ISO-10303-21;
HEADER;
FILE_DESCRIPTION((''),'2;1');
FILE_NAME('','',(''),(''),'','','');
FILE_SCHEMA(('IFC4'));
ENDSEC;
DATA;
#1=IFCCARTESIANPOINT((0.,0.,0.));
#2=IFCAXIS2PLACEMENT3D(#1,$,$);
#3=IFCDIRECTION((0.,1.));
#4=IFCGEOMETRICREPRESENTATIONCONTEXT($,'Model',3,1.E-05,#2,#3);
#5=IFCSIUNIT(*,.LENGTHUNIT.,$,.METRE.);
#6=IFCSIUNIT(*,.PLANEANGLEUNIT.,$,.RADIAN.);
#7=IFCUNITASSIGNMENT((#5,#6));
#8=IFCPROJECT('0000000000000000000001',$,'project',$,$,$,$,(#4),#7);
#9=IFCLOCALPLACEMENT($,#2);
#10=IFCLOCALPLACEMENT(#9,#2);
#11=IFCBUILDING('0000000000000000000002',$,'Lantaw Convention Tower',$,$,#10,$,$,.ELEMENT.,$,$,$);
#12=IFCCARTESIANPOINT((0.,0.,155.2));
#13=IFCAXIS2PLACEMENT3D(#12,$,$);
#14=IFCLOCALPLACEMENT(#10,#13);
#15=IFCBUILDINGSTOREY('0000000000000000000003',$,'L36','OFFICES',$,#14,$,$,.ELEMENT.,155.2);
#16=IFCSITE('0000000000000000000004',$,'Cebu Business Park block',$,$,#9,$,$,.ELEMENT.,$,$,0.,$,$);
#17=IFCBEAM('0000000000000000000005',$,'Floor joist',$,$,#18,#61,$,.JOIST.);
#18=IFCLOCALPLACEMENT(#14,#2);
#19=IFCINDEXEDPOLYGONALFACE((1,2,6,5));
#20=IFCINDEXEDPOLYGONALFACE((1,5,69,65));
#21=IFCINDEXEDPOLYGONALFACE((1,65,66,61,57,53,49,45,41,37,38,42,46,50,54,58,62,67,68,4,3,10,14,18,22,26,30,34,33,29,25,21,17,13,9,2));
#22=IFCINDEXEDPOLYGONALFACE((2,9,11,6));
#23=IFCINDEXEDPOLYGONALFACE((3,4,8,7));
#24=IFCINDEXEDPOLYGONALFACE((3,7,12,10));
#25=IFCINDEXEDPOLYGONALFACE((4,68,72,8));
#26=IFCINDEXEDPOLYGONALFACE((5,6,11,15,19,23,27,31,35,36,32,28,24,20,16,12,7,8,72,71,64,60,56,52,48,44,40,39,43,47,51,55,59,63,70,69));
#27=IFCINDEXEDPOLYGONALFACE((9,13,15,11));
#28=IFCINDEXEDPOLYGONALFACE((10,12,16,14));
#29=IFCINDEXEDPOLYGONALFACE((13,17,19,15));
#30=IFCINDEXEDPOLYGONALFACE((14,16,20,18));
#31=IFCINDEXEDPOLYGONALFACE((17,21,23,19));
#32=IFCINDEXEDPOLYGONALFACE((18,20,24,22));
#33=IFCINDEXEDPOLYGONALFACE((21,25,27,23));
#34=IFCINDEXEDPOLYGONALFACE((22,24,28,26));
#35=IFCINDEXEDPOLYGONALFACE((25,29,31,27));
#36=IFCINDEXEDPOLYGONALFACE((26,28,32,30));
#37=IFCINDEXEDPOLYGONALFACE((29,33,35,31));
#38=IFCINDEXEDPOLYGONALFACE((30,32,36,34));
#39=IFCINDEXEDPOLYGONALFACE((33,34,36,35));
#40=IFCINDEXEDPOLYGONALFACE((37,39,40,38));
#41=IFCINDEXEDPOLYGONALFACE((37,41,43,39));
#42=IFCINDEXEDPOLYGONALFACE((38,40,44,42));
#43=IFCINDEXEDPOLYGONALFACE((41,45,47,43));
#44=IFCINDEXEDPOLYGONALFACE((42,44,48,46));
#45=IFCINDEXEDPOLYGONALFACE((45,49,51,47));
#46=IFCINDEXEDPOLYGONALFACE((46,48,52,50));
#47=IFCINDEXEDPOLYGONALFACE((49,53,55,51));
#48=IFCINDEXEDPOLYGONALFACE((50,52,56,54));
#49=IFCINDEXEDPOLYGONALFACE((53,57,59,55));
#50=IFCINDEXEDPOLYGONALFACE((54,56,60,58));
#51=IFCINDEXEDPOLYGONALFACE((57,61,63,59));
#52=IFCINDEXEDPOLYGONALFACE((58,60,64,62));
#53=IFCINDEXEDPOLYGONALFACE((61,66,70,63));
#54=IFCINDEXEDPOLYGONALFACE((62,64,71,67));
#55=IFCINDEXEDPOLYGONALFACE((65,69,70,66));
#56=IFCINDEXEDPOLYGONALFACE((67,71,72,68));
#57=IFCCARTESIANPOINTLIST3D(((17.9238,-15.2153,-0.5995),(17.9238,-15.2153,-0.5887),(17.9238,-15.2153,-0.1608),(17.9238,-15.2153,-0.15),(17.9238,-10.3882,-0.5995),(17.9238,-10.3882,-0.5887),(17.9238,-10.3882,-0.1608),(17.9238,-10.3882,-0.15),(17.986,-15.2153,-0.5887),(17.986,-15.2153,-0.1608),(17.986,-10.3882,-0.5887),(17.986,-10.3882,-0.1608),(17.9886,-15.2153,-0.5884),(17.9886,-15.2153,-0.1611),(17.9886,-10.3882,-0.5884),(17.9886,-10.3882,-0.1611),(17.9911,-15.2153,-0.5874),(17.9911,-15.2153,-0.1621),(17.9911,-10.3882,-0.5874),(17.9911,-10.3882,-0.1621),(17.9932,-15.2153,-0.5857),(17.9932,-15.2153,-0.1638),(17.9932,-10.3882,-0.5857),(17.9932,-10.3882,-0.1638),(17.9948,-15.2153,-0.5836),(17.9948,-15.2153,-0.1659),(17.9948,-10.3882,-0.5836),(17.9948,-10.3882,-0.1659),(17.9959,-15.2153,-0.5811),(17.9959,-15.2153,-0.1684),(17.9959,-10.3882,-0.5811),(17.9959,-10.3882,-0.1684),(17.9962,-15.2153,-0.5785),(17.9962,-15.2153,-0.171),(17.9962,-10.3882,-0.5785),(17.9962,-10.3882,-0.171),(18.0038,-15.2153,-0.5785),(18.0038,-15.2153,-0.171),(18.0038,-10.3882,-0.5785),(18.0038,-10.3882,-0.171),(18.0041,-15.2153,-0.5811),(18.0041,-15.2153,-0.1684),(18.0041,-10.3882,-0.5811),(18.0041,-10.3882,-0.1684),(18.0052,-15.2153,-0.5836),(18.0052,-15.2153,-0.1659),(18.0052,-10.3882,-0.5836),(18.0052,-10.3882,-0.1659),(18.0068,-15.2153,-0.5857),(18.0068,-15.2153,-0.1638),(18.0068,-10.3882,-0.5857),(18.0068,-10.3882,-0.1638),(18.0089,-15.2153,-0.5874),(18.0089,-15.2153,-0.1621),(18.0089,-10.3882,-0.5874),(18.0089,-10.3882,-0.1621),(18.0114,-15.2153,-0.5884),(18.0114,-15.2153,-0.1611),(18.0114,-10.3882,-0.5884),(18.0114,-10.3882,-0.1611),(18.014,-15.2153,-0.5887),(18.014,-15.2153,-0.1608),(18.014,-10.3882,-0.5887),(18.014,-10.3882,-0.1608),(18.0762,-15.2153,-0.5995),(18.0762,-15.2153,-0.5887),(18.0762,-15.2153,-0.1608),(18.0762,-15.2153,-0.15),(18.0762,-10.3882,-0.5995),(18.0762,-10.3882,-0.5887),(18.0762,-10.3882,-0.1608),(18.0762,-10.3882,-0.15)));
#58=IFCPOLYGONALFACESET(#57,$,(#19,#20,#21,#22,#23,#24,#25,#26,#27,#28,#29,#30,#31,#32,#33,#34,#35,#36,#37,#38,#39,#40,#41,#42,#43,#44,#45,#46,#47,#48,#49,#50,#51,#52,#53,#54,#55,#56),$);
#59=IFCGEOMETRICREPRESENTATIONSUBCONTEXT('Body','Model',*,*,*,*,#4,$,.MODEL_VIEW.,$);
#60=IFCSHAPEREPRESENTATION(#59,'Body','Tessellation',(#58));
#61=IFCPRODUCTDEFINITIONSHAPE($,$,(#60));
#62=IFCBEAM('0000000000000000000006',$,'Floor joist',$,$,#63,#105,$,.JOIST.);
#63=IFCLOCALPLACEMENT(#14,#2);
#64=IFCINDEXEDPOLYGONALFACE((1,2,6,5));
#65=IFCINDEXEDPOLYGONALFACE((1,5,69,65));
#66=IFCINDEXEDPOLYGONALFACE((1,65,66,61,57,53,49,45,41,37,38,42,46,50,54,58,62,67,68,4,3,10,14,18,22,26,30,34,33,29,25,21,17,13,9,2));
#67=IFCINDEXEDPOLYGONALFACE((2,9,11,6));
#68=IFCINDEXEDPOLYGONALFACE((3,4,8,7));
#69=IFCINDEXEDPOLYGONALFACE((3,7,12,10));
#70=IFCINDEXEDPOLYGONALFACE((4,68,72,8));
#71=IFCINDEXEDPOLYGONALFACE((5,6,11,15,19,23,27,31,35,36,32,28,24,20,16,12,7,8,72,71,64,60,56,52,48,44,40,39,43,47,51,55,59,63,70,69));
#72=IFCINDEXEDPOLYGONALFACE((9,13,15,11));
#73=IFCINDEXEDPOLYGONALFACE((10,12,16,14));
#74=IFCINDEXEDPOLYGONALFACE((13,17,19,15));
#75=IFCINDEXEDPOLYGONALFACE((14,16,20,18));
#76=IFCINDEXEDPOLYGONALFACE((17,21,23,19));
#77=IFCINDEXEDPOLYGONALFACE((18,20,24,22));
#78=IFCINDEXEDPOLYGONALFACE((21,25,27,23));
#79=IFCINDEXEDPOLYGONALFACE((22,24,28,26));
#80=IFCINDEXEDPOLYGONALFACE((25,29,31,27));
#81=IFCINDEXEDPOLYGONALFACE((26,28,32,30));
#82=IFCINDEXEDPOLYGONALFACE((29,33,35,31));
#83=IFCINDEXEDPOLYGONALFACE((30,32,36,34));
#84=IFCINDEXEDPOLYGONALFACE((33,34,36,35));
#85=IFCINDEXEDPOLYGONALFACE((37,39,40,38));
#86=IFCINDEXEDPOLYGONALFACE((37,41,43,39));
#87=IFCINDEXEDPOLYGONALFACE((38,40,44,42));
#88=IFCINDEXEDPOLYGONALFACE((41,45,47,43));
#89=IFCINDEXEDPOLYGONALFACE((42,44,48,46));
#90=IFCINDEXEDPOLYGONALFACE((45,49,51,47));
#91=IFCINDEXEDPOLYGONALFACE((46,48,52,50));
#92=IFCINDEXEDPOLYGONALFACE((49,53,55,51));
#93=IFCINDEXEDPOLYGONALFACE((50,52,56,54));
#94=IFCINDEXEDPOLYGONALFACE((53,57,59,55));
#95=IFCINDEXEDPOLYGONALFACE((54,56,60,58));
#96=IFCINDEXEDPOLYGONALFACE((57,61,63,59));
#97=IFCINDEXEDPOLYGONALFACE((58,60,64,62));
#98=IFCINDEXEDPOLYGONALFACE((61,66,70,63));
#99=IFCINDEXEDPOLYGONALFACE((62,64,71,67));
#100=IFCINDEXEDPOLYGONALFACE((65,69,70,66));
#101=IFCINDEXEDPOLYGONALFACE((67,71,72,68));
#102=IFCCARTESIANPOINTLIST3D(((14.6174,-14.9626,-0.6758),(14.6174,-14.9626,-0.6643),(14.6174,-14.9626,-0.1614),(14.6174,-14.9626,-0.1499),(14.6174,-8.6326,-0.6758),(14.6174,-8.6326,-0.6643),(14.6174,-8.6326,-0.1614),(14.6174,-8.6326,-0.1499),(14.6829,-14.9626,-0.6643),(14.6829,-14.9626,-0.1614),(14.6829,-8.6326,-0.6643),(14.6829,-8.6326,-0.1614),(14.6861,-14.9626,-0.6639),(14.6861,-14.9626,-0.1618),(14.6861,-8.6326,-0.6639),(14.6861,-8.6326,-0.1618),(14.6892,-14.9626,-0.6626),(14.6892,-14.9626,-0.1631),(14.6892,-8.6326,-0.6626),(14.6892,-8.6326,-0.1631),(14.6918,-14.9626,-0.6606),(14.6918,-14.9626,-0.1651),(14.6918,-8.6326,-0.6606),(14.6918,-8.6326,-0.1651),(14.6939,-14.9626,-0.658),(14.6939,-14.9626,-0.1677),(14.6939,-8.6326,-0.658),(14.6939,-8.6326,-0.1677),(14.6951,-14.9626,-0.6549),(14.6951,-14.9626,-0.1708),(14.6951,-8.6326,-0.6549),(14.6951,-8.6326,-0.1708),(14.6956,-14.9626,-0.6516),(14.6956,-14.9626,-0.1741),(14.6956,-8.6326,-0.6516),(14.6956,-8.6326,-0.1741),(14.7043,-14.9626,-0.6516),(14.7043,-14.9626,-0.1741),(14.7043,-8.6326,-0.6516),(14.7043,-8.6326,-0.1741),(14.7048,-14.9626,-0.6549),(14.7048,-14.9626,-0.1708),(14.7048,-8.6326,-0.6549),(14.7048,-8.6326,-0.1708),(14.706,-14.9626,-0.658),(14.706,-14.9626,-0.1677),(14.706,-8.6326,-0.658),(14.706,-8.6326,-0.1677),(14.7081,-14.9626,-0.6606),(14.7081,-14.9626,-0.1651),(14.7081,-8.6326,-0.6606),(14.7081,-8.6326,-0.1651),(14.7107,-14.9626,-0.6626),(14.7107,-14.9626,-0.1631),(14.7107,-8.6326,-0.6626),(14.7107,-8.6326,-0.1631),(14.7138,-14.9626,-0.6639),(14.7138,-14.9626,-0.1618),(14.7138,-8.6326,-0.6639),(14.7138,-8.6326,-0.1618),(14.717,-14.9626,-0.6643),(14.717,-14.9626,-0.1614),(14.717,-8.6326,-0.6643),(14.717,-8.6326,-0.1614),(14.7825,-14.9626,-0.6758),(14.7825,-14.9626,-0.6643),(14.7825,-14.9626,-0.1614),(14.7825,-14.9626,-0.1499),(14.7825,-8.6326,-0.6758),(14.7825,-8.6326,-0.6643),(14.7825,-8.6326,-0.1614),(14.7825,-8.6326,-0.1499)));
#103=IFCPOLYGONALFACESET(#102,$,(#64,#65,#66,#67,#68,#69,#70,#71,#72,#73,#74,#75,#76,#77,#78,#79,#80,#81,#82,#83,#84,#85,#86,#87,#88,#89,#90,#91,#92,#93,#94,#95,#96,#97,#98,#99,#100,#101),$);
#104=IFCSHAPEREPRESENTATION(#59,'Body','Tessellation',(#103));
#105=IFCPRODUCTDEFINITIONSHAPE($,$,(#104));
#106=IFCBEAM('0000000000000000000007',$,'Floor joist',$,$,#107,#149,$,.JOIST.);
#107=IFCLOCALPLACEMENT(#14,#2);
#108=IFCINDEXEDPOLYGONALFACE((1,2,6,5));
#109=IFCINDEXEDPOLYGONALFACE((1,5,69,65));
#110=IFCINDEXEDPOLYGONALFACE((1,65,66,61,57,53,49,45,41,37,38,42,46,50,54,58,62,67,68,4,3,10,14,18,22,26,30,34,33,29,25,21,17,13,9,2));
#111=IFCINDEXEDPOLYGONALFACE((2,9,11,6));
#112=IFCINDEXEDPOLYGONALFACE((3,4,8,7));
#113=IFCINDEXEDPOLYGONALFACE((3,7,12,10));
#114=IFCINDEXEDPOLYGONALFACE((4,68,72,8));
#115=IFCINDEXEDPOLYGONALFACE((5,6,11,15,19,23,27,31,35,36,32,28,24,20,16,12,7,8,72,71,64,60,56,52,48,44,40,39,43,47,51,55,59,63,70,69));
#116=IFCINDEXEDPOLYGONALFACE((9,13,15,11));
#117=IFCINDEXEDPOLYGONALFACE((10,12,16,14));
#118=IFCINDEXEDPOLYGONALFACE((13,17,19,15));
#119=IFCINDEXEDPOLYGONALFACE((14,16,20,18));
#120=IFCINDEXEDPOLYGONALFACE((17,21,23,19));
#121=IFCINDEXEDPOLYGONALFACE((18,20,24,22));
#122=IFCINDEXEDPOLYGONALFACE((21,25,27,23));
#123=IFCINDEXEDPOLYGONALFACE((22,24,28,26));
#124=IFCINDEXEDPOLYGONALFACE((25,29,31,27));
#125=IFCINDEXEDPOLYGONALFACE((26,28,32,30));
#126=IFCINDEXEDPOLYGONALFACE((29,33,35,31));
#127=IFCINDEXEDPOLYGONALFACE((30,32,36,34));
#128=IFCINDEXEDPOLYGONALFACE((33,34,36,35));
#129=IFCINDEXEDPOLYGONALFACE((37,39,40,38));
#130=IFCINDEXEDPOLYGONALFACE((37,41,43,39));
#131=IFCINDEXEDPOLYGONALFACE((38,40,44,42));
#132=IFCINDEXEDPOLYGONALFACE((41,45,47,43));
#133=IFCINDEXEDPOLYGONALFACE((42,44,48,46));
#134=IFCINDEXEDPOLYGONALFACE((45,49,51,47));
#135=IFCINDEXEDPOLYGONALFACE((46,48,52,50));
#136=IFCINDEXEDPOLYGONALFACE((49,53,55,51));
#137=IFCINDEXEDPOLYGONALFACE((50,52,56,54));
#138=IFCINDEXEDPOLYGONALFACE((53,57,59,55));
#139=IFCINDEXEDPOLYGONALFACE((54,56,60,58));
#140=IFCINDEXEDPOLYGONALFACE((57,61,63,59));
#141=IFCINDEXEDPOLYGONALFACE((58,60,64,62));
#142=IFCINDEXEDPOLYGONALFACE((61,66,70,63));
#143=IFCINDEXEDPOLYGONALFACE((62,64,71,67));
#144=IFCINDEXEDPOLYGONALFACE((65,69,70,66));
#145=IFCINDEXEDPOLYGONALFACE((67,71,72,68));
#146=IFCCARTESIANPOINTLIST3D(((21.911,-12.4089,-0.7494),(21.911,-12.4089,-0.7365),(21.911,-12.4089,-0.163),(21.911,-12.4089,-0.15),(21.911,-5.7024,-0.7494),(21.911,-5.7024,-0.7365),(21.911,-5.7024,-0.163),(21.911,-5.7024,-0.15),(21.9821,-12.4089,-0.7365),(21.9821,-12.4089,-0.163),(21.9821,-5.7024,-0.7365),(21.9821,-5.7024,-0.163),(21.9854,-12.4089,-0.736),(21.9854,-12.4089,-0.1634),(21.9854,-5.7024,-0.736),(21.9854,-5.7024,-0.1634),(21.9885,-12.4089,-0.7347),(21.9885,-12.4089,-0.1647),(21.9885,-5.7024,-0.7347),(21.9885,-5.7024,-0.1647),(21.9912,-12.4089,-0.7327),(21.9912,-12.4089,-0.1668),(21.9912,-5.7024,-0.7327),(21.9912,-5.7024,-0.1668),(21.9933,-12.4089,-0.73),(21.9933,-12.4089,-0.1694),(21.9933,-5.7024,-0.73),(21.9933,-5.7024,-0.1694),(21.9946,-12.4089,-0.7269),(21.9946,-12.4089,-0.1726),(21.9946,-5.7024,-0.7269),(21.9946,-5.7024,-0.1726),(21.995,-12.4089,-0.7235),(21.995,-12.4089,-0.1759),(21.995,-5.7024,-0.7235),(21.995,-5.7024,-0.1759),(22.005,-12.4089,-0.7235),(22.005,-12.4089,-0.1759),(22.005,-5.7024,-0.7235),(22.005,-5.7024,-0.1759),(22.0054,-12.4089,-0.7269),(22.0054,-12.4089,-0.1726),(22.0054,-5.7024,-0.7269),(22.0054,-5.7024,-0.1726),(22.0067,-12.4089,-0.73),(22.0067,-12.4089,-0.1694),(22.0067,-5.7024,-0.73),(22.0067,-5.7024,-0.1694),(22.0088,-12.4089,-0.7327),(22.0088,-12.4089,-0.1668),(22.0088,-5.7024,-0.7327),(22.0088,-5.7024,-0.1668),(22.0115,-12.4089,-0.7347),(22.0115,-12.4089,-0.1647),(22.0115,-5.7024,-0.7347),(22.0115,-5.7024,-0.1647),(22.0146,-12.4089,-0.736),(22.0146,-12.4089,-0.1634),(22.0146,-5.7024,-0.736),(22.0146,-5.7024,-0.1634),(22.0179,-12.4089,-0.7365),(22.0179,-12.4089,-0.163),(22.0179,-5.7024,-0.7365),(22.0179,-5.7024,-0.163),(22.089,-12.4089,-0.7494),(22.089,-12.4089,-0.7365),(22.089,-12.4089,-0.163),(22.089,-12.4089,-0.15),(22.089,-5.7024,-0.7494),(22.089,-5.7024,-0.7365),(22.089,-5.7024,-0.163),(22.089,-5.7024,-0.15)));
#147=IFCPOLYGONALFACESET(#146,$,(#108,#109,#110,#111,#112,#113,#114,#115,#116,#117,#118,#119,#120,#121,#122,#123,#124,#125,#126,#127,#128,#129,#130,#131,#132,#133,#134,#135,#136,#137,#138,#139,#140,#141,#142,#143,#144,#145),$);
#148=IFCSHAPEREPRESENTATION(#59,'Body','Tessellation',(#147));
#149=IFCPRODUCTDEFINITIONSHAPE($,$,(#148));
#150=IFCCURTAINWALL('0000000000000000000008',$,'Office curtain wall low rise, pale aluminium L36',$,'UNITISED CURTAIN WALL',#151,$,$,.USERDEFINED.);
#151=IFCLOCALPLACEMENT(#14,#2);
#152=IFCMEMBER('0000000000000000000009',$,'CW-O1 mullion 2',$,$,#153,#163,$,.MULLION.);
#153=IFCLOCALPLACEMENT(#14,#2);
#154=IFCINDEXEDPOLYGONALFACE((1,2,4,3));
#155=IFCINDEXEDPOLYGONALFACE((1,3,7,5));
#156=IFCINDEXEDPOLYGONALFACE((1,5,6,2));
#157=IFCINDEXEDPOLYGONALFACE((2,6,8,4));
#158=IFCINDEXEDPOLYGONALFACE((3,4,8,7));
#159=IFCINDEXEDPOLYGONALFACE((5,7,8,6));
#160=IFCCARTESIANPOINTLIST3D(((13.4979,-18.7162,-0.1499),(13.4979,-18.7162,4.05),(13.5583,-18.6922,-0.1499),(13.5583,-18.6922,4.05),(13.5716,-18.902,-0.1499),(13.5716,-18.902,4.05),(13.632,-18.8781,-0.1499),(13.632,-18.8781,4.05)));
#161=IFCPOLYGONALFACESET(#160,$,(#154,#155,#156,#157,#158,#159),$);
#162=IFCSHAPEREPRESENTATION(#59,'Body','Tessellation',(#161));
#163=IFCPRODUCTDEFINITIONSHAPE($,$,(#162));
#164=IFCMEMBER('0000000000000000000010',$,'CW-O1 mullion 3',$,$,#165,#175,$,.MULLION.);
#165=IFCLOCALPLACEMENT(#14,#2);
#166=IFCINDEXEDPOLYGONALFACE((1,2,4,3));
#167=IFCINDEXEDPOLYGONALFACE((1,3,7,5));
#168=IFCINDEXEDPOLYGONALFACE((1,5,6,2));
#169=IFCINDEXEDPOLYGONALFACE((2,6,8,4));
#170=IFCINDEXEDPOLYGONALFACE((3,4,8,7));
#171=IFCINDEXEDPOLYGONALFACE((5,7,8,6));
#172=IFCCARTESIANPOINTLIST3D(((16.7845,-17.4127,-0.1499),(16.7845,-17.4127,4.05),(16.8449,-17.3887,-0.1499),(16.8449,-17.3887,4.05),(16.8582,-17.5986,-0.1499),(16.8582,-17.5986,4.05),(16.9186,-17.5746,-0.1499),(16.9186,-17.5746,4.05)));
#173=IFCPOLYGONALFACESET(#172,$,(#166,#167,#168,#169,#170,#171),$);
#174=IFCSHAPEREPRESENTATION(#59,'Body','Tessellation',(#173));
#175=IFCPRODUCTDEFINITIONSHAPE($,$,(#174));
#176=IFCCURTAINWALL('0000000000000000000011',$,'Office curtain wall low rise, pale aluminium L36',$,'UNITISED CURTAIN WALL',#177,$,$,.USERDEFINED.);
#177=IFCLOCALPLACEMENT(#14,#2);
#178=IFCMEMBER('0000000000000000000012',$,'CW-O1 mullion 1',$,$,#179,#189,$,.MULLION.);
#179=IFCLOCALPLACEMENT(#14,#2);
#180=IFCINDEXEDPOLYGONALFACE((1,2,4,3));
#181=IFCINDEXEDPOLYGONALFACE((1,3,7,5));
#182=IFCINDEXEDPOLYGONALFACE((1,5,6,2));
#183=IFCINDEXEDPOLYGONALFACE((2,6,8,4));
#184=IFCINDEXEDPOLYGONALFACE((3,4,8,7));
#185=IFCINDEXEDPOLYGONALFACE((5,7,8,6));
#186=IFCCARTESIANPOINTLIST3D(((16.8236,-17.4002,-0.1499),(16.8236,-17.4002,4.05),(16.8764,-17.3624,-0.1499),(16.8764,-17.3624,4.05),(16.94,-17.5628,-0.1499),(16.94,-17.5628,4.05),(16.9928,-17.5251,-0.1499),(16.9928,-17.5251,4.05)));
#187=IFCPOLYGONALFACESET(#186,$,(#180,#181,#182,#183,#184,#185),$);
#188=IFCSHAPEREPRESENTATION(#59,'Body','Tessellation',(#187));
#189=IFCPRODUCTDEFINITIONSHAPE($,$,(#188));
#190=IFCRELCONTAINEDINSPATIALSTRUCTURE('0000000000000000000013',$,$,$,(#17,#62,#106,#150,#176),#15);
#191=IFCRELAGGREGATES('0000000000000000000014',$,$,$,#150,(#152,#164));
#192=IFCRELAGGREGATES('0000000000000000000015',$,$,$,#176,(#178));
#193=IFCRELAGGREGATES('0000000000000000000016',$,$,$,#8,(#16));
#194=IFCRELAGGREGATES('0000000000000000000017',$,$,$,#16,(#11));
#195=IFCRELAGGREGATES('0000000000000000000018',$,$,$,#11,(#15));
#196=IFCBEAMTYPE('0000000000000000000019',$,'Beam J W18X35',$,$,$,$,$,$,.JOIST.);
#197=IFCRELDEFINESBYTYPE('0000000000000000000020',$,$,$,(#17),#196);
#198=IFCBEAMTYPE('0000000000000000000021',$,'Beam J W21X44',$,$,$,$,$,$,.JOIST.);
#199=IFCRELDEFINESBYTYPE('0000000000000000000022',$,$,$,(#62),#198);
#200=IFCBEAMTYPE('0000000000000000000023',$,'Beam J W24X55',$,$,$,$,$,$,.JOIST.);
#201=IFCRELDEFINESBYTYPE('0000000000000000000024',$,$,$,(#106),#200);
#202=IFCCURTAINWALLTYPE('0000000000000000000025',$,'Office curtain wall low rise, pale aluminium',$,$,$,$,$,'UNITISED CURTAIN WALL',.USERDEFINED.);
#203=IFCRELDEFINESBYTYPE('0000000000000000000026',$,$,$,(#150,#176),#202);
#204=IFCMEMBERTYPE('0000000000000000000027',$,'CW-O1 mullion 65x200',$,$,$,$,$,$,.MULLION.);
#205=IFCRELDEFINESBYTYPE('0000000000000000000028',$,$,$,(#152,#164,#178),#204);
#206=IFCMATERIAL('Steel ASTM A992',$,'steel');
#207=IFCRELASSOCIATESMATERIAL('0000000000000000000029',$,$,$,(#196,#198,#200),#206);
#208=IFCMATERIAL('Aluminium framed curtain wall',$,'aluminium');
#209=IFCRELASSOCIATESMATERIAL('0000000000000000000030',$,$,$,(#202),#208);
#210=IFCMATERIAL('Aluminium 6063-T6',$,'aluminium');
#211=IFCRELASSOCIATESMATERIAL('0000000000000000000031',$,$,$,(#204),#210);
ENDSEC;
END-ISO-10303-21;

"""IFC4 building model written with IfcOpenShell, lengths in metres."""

from ifc_helpers import new_model, si_unit, direction, frame, origin, origin_2d, place, context, subcontext, project, spatial, rectangle, i_section, extrude, material, material_profile, profile_set, type_object, element, aggregate, save


model = new_model("IFC4")

# Units and contexts
model_context = context("Model", 3, precision=1e-05, world=origin(), true_north=direction((0.0, 1.0)))
body_context = subcontext(model_context, "Body", "Model", "MODEL_VIEW")
ifc_project = project(units=[si_unit("LENGTHUNIT", "METRE"), si_unit("PLANEANGLEUNIT", "RADIAN")], contexts=[model_context])

# Site, building, storey
site_placement = place(None, origin())
site = spatial("IfcSite", under=ifc_project, at=site_placement, Name="Cebu Business Park block", CompositionType="ELEMENT", RefElevation=0.0)
building_placement = place(site_placement, origin())
building = spatial("IfcBuilding", under=site, at=building_placement, Name="Lantaw Convention Tower", CompositionType="ELEMENT")
storey_placement = place(building_placement, frame((0.0, 0.0, 155.2)))
storey = spatial("IfcBuildingStorey", under=building, at=storey_placement, Name="L36", Description="OFFICES", CompositionType="ELEMENT", Elevation=155.2)

# Beams
ifc_material_1 = material(Name="Steel ASTM A992", Category="steel")
ifc_material_profile_1 = material_profile(ifc_material_1, i_section(OverallWidth=0.1523, OverallDepth=0.4495, WebThickness=0.0076, FlangeThickness=0.0107, FilletRadius=0.0103, at=origin_2d()), Name="W18X35")
ifc_profile_set_1 = profile_set([ifc_material_profile_1], Name="Steel ASTM A992")
beam_type_1 = type_object("IfcBeamType", Name="Beam J W18X35", PredefinedType="JOIST", material=ifc_profile_set_1)
beam_1_placement = place(storey_placement, frame((18.0, -15.2153, -0.3748), z_axis=(0.0, 1.0, 0.0), x_axis=(-1.0, 0.0, 0.0)))
element("IfcBeam", 1, at=beam_1_placement, inside=storey, type_object=beam_type_1, Name="Floor joist", PredefinedType="JOIST", context=body_context, shape_type="SweptSolid", body=[
    extrude(i_section(OverallWidth=0.1523, OverallDepth=0.4495, WebThickness=0.0076, FlangeThickness=0.0107, FilletRadius=0.0103, at=origin_2d()), origin(), (0.0, 0.0, 1.0), 4.8271),
])
ifc_material_profile_2 = material_profile(ifc_material_1, i_section(OverallWidth=0.165, OverallDepth=0.5259, WebThickness=0.0088, FlangeThickness=0.0115, FilletRadius=0.0127, at=origin_2d()), Name="W21X44")
ifc_profile_set_2 = profile_set([ifc_material_profile_2], Name="Steel ASTM A992")
beam_type_2 = type_object("IfcBeamType", Name="Beam J W21X44", PredefinedType="JOIST", material=ifc_profile_set_2)
beam_2_placement = place(storey_placement, frame((14.7, -14.9626, -0.4128), z_axis=(0.0, 1.0, 0.0), x_axis=(-1.0, 0.0, 0.0)))
element("IfcBeam", 2, at=beam_2_placement, inside=storey, type_object=beam_type_2, Name="Floor joist", PredefinedType="JOIST", context=body_context, shape_type="SweptSolid", body=[
    extrude(i_section(OverallWidth=0.165, OverallDepth=0.5259, WebThickness=0.0088, FlangeThickness=0.0115, FilletRadius=0.0127, at=origin_2d()), origin(), (0.0, 0.0, 1.0), 6.3301),
])
ifc_material_profile_3 = material_profile(ifc_material_1, i_section(OverallWidth=0.178, OverallDepth=0.5994, WebThickness=0.01, FlangeThickness=0.0129, FilletRadius=0.0129, at=origin_2d()), Name="W24X55")
ifc_profile_set_3 = profile_set([ifc_material_profile_3], Name="Steel ASTM A992")
beam_type_3 = type_object("IfcBeamType", Name="Beam J W24X55", PredefinedType="JOIST", material=ifc_profile_set_3)
beam_3_placement = place(storey_placement, frame((22.0, -12.4089, -0.4497), z_axis=(0.0, 1.0, 0.0), x_axis=(-1.0, 0.0, 0.0)))
element("IfcBeam", 3, at=beam_3_placement, inside=storey, type_object=beam_type_3, Name="Floor joist", PredefinedType="JOIST", context=body_context, shape_type="SweptSolid", body=[
    extrude(i_section(OverallWidth=0.178, OverallDepth=0.5994, WebThickness=0.01, FlangeThickness=0.0129, FilletRadius=0.0129, at=origin_2d()), origin(), (0.0, 0.0, 1.0), 6.7065),
])

# Curtain walls, members
ifc_material_2 = material(Name="Aluminium framed curtain wall", Category="aluminium")
curtain_wall_type = type_object("IfcCurtainWallType", Name="Office curtain wall low rise, pale aluminium", ElementType="UNITISED CURTAIN WALL", PredefinedType="USERDEFINED", material=ifc_material_2)
curtain_wall_1_placement = place(storey_placement, origin())
curtain_wall_1 = element("IfcCurtainWall", 4, at=curtain_wall_1_placement, inside=storey, type_object=curtain_wall_type, Name="Office curtain wall low rise, pale aluminium L36", ObjectType="UNITISED CURTAIN WALL", PredefinedType="USERDEFINED")
ifc_material_3 = material(Name="Aluminium 6063-T6", Category="aluminium")
ifc_material_profile_4 = material_profile(ifc_material_3, rectangle(XDim=0.2, YDim=0.0649, at=origin_2d()), Name="CW-O1 mullion 65x200")
ifc_profile_set_4 = profile_set([ifc_material_profile_4], Name="Aluminium 6063-T6")
member_type_1 = type_object("IfcMemberType", Name="CW-O1 mullion 65x200", PredefinedType="MULLION", material=ifc_profile_set_4)
member_1_placement = place(storey_placement, frame((13.5649, -18.7971, -0.1499), z_axis=(0.0, 0.0, 1.0), x_axis=(-0.368702, 0.929548, 0.0)))
member_1 = element("IfcMember", 5, at=member_1_placement, type_object=member_type_1, Name="CW-O1 mullion 2", PredefinedType="MULLION", context=body_context, shape_type="SweptSolid", body=[
    extrude(rectangle(XDim=0.2, YDim=0.0649, at=origin_2d()), origin(), (0.0, 0.0, 1.0), 4.2),
])
member_2_placement = place(storey_placement, frame((16.8516, -17.4937, -0.1499), z_axis=(0.0, 0.0, 1.0), x_axis=(-0.368702, 0.929548, 0.0)))
member_2 = element("IfcMember", 6, at=member_2_placement, type_object=member_type_1, Name="CW-O1 mullion 3", PredefinedType="MULLION", context=body_context, shape_type="SweptSolid", body=[
    extrude(rectangle(XDim=0.2, YDim=0.0649, at=origin_2d()), origin(), (0.0, 0.0, 1.0), 4.2),
])
curtain_wall_2_placement = place(storey_placement, origin())
curtain_wall_2 = element("IfcCurtainWall", 7, at=curtain_wall_2_placement, inside=storey, type_object=curtain_wall_type, Name="Office curtain wall low rise, pale aluminium L36", ObjectType="UNITISED CURTAIN WALL", PredefinedType="USERDEFINED")
member_3_placement = place(storey_placement, frame((16.9082, -17.4626, -0.1499), z_axis=(0.0, 0.0, 1.0), x_axis=(-0.581973, 0.813208, 0.0)))
member_3 = element("IfcMember", 8, at=member_3_placement, type_object=member_type_1, Name="CW-O1 mullion 1", PredefinedType="MULLION", context=body_context, shape_type="SweptSolid", body=[
    extrude(rectangle(XDim=0.2, YDim=0.0649, at=origin_2d()), origin(), (0.0, 0.0, 1.0), 4.2),
])

aggregate(curtain_wall_1, [member_1, member_2])
aggregate(curtain_wall_2, [member_3])

save(model, "model.ifc")
